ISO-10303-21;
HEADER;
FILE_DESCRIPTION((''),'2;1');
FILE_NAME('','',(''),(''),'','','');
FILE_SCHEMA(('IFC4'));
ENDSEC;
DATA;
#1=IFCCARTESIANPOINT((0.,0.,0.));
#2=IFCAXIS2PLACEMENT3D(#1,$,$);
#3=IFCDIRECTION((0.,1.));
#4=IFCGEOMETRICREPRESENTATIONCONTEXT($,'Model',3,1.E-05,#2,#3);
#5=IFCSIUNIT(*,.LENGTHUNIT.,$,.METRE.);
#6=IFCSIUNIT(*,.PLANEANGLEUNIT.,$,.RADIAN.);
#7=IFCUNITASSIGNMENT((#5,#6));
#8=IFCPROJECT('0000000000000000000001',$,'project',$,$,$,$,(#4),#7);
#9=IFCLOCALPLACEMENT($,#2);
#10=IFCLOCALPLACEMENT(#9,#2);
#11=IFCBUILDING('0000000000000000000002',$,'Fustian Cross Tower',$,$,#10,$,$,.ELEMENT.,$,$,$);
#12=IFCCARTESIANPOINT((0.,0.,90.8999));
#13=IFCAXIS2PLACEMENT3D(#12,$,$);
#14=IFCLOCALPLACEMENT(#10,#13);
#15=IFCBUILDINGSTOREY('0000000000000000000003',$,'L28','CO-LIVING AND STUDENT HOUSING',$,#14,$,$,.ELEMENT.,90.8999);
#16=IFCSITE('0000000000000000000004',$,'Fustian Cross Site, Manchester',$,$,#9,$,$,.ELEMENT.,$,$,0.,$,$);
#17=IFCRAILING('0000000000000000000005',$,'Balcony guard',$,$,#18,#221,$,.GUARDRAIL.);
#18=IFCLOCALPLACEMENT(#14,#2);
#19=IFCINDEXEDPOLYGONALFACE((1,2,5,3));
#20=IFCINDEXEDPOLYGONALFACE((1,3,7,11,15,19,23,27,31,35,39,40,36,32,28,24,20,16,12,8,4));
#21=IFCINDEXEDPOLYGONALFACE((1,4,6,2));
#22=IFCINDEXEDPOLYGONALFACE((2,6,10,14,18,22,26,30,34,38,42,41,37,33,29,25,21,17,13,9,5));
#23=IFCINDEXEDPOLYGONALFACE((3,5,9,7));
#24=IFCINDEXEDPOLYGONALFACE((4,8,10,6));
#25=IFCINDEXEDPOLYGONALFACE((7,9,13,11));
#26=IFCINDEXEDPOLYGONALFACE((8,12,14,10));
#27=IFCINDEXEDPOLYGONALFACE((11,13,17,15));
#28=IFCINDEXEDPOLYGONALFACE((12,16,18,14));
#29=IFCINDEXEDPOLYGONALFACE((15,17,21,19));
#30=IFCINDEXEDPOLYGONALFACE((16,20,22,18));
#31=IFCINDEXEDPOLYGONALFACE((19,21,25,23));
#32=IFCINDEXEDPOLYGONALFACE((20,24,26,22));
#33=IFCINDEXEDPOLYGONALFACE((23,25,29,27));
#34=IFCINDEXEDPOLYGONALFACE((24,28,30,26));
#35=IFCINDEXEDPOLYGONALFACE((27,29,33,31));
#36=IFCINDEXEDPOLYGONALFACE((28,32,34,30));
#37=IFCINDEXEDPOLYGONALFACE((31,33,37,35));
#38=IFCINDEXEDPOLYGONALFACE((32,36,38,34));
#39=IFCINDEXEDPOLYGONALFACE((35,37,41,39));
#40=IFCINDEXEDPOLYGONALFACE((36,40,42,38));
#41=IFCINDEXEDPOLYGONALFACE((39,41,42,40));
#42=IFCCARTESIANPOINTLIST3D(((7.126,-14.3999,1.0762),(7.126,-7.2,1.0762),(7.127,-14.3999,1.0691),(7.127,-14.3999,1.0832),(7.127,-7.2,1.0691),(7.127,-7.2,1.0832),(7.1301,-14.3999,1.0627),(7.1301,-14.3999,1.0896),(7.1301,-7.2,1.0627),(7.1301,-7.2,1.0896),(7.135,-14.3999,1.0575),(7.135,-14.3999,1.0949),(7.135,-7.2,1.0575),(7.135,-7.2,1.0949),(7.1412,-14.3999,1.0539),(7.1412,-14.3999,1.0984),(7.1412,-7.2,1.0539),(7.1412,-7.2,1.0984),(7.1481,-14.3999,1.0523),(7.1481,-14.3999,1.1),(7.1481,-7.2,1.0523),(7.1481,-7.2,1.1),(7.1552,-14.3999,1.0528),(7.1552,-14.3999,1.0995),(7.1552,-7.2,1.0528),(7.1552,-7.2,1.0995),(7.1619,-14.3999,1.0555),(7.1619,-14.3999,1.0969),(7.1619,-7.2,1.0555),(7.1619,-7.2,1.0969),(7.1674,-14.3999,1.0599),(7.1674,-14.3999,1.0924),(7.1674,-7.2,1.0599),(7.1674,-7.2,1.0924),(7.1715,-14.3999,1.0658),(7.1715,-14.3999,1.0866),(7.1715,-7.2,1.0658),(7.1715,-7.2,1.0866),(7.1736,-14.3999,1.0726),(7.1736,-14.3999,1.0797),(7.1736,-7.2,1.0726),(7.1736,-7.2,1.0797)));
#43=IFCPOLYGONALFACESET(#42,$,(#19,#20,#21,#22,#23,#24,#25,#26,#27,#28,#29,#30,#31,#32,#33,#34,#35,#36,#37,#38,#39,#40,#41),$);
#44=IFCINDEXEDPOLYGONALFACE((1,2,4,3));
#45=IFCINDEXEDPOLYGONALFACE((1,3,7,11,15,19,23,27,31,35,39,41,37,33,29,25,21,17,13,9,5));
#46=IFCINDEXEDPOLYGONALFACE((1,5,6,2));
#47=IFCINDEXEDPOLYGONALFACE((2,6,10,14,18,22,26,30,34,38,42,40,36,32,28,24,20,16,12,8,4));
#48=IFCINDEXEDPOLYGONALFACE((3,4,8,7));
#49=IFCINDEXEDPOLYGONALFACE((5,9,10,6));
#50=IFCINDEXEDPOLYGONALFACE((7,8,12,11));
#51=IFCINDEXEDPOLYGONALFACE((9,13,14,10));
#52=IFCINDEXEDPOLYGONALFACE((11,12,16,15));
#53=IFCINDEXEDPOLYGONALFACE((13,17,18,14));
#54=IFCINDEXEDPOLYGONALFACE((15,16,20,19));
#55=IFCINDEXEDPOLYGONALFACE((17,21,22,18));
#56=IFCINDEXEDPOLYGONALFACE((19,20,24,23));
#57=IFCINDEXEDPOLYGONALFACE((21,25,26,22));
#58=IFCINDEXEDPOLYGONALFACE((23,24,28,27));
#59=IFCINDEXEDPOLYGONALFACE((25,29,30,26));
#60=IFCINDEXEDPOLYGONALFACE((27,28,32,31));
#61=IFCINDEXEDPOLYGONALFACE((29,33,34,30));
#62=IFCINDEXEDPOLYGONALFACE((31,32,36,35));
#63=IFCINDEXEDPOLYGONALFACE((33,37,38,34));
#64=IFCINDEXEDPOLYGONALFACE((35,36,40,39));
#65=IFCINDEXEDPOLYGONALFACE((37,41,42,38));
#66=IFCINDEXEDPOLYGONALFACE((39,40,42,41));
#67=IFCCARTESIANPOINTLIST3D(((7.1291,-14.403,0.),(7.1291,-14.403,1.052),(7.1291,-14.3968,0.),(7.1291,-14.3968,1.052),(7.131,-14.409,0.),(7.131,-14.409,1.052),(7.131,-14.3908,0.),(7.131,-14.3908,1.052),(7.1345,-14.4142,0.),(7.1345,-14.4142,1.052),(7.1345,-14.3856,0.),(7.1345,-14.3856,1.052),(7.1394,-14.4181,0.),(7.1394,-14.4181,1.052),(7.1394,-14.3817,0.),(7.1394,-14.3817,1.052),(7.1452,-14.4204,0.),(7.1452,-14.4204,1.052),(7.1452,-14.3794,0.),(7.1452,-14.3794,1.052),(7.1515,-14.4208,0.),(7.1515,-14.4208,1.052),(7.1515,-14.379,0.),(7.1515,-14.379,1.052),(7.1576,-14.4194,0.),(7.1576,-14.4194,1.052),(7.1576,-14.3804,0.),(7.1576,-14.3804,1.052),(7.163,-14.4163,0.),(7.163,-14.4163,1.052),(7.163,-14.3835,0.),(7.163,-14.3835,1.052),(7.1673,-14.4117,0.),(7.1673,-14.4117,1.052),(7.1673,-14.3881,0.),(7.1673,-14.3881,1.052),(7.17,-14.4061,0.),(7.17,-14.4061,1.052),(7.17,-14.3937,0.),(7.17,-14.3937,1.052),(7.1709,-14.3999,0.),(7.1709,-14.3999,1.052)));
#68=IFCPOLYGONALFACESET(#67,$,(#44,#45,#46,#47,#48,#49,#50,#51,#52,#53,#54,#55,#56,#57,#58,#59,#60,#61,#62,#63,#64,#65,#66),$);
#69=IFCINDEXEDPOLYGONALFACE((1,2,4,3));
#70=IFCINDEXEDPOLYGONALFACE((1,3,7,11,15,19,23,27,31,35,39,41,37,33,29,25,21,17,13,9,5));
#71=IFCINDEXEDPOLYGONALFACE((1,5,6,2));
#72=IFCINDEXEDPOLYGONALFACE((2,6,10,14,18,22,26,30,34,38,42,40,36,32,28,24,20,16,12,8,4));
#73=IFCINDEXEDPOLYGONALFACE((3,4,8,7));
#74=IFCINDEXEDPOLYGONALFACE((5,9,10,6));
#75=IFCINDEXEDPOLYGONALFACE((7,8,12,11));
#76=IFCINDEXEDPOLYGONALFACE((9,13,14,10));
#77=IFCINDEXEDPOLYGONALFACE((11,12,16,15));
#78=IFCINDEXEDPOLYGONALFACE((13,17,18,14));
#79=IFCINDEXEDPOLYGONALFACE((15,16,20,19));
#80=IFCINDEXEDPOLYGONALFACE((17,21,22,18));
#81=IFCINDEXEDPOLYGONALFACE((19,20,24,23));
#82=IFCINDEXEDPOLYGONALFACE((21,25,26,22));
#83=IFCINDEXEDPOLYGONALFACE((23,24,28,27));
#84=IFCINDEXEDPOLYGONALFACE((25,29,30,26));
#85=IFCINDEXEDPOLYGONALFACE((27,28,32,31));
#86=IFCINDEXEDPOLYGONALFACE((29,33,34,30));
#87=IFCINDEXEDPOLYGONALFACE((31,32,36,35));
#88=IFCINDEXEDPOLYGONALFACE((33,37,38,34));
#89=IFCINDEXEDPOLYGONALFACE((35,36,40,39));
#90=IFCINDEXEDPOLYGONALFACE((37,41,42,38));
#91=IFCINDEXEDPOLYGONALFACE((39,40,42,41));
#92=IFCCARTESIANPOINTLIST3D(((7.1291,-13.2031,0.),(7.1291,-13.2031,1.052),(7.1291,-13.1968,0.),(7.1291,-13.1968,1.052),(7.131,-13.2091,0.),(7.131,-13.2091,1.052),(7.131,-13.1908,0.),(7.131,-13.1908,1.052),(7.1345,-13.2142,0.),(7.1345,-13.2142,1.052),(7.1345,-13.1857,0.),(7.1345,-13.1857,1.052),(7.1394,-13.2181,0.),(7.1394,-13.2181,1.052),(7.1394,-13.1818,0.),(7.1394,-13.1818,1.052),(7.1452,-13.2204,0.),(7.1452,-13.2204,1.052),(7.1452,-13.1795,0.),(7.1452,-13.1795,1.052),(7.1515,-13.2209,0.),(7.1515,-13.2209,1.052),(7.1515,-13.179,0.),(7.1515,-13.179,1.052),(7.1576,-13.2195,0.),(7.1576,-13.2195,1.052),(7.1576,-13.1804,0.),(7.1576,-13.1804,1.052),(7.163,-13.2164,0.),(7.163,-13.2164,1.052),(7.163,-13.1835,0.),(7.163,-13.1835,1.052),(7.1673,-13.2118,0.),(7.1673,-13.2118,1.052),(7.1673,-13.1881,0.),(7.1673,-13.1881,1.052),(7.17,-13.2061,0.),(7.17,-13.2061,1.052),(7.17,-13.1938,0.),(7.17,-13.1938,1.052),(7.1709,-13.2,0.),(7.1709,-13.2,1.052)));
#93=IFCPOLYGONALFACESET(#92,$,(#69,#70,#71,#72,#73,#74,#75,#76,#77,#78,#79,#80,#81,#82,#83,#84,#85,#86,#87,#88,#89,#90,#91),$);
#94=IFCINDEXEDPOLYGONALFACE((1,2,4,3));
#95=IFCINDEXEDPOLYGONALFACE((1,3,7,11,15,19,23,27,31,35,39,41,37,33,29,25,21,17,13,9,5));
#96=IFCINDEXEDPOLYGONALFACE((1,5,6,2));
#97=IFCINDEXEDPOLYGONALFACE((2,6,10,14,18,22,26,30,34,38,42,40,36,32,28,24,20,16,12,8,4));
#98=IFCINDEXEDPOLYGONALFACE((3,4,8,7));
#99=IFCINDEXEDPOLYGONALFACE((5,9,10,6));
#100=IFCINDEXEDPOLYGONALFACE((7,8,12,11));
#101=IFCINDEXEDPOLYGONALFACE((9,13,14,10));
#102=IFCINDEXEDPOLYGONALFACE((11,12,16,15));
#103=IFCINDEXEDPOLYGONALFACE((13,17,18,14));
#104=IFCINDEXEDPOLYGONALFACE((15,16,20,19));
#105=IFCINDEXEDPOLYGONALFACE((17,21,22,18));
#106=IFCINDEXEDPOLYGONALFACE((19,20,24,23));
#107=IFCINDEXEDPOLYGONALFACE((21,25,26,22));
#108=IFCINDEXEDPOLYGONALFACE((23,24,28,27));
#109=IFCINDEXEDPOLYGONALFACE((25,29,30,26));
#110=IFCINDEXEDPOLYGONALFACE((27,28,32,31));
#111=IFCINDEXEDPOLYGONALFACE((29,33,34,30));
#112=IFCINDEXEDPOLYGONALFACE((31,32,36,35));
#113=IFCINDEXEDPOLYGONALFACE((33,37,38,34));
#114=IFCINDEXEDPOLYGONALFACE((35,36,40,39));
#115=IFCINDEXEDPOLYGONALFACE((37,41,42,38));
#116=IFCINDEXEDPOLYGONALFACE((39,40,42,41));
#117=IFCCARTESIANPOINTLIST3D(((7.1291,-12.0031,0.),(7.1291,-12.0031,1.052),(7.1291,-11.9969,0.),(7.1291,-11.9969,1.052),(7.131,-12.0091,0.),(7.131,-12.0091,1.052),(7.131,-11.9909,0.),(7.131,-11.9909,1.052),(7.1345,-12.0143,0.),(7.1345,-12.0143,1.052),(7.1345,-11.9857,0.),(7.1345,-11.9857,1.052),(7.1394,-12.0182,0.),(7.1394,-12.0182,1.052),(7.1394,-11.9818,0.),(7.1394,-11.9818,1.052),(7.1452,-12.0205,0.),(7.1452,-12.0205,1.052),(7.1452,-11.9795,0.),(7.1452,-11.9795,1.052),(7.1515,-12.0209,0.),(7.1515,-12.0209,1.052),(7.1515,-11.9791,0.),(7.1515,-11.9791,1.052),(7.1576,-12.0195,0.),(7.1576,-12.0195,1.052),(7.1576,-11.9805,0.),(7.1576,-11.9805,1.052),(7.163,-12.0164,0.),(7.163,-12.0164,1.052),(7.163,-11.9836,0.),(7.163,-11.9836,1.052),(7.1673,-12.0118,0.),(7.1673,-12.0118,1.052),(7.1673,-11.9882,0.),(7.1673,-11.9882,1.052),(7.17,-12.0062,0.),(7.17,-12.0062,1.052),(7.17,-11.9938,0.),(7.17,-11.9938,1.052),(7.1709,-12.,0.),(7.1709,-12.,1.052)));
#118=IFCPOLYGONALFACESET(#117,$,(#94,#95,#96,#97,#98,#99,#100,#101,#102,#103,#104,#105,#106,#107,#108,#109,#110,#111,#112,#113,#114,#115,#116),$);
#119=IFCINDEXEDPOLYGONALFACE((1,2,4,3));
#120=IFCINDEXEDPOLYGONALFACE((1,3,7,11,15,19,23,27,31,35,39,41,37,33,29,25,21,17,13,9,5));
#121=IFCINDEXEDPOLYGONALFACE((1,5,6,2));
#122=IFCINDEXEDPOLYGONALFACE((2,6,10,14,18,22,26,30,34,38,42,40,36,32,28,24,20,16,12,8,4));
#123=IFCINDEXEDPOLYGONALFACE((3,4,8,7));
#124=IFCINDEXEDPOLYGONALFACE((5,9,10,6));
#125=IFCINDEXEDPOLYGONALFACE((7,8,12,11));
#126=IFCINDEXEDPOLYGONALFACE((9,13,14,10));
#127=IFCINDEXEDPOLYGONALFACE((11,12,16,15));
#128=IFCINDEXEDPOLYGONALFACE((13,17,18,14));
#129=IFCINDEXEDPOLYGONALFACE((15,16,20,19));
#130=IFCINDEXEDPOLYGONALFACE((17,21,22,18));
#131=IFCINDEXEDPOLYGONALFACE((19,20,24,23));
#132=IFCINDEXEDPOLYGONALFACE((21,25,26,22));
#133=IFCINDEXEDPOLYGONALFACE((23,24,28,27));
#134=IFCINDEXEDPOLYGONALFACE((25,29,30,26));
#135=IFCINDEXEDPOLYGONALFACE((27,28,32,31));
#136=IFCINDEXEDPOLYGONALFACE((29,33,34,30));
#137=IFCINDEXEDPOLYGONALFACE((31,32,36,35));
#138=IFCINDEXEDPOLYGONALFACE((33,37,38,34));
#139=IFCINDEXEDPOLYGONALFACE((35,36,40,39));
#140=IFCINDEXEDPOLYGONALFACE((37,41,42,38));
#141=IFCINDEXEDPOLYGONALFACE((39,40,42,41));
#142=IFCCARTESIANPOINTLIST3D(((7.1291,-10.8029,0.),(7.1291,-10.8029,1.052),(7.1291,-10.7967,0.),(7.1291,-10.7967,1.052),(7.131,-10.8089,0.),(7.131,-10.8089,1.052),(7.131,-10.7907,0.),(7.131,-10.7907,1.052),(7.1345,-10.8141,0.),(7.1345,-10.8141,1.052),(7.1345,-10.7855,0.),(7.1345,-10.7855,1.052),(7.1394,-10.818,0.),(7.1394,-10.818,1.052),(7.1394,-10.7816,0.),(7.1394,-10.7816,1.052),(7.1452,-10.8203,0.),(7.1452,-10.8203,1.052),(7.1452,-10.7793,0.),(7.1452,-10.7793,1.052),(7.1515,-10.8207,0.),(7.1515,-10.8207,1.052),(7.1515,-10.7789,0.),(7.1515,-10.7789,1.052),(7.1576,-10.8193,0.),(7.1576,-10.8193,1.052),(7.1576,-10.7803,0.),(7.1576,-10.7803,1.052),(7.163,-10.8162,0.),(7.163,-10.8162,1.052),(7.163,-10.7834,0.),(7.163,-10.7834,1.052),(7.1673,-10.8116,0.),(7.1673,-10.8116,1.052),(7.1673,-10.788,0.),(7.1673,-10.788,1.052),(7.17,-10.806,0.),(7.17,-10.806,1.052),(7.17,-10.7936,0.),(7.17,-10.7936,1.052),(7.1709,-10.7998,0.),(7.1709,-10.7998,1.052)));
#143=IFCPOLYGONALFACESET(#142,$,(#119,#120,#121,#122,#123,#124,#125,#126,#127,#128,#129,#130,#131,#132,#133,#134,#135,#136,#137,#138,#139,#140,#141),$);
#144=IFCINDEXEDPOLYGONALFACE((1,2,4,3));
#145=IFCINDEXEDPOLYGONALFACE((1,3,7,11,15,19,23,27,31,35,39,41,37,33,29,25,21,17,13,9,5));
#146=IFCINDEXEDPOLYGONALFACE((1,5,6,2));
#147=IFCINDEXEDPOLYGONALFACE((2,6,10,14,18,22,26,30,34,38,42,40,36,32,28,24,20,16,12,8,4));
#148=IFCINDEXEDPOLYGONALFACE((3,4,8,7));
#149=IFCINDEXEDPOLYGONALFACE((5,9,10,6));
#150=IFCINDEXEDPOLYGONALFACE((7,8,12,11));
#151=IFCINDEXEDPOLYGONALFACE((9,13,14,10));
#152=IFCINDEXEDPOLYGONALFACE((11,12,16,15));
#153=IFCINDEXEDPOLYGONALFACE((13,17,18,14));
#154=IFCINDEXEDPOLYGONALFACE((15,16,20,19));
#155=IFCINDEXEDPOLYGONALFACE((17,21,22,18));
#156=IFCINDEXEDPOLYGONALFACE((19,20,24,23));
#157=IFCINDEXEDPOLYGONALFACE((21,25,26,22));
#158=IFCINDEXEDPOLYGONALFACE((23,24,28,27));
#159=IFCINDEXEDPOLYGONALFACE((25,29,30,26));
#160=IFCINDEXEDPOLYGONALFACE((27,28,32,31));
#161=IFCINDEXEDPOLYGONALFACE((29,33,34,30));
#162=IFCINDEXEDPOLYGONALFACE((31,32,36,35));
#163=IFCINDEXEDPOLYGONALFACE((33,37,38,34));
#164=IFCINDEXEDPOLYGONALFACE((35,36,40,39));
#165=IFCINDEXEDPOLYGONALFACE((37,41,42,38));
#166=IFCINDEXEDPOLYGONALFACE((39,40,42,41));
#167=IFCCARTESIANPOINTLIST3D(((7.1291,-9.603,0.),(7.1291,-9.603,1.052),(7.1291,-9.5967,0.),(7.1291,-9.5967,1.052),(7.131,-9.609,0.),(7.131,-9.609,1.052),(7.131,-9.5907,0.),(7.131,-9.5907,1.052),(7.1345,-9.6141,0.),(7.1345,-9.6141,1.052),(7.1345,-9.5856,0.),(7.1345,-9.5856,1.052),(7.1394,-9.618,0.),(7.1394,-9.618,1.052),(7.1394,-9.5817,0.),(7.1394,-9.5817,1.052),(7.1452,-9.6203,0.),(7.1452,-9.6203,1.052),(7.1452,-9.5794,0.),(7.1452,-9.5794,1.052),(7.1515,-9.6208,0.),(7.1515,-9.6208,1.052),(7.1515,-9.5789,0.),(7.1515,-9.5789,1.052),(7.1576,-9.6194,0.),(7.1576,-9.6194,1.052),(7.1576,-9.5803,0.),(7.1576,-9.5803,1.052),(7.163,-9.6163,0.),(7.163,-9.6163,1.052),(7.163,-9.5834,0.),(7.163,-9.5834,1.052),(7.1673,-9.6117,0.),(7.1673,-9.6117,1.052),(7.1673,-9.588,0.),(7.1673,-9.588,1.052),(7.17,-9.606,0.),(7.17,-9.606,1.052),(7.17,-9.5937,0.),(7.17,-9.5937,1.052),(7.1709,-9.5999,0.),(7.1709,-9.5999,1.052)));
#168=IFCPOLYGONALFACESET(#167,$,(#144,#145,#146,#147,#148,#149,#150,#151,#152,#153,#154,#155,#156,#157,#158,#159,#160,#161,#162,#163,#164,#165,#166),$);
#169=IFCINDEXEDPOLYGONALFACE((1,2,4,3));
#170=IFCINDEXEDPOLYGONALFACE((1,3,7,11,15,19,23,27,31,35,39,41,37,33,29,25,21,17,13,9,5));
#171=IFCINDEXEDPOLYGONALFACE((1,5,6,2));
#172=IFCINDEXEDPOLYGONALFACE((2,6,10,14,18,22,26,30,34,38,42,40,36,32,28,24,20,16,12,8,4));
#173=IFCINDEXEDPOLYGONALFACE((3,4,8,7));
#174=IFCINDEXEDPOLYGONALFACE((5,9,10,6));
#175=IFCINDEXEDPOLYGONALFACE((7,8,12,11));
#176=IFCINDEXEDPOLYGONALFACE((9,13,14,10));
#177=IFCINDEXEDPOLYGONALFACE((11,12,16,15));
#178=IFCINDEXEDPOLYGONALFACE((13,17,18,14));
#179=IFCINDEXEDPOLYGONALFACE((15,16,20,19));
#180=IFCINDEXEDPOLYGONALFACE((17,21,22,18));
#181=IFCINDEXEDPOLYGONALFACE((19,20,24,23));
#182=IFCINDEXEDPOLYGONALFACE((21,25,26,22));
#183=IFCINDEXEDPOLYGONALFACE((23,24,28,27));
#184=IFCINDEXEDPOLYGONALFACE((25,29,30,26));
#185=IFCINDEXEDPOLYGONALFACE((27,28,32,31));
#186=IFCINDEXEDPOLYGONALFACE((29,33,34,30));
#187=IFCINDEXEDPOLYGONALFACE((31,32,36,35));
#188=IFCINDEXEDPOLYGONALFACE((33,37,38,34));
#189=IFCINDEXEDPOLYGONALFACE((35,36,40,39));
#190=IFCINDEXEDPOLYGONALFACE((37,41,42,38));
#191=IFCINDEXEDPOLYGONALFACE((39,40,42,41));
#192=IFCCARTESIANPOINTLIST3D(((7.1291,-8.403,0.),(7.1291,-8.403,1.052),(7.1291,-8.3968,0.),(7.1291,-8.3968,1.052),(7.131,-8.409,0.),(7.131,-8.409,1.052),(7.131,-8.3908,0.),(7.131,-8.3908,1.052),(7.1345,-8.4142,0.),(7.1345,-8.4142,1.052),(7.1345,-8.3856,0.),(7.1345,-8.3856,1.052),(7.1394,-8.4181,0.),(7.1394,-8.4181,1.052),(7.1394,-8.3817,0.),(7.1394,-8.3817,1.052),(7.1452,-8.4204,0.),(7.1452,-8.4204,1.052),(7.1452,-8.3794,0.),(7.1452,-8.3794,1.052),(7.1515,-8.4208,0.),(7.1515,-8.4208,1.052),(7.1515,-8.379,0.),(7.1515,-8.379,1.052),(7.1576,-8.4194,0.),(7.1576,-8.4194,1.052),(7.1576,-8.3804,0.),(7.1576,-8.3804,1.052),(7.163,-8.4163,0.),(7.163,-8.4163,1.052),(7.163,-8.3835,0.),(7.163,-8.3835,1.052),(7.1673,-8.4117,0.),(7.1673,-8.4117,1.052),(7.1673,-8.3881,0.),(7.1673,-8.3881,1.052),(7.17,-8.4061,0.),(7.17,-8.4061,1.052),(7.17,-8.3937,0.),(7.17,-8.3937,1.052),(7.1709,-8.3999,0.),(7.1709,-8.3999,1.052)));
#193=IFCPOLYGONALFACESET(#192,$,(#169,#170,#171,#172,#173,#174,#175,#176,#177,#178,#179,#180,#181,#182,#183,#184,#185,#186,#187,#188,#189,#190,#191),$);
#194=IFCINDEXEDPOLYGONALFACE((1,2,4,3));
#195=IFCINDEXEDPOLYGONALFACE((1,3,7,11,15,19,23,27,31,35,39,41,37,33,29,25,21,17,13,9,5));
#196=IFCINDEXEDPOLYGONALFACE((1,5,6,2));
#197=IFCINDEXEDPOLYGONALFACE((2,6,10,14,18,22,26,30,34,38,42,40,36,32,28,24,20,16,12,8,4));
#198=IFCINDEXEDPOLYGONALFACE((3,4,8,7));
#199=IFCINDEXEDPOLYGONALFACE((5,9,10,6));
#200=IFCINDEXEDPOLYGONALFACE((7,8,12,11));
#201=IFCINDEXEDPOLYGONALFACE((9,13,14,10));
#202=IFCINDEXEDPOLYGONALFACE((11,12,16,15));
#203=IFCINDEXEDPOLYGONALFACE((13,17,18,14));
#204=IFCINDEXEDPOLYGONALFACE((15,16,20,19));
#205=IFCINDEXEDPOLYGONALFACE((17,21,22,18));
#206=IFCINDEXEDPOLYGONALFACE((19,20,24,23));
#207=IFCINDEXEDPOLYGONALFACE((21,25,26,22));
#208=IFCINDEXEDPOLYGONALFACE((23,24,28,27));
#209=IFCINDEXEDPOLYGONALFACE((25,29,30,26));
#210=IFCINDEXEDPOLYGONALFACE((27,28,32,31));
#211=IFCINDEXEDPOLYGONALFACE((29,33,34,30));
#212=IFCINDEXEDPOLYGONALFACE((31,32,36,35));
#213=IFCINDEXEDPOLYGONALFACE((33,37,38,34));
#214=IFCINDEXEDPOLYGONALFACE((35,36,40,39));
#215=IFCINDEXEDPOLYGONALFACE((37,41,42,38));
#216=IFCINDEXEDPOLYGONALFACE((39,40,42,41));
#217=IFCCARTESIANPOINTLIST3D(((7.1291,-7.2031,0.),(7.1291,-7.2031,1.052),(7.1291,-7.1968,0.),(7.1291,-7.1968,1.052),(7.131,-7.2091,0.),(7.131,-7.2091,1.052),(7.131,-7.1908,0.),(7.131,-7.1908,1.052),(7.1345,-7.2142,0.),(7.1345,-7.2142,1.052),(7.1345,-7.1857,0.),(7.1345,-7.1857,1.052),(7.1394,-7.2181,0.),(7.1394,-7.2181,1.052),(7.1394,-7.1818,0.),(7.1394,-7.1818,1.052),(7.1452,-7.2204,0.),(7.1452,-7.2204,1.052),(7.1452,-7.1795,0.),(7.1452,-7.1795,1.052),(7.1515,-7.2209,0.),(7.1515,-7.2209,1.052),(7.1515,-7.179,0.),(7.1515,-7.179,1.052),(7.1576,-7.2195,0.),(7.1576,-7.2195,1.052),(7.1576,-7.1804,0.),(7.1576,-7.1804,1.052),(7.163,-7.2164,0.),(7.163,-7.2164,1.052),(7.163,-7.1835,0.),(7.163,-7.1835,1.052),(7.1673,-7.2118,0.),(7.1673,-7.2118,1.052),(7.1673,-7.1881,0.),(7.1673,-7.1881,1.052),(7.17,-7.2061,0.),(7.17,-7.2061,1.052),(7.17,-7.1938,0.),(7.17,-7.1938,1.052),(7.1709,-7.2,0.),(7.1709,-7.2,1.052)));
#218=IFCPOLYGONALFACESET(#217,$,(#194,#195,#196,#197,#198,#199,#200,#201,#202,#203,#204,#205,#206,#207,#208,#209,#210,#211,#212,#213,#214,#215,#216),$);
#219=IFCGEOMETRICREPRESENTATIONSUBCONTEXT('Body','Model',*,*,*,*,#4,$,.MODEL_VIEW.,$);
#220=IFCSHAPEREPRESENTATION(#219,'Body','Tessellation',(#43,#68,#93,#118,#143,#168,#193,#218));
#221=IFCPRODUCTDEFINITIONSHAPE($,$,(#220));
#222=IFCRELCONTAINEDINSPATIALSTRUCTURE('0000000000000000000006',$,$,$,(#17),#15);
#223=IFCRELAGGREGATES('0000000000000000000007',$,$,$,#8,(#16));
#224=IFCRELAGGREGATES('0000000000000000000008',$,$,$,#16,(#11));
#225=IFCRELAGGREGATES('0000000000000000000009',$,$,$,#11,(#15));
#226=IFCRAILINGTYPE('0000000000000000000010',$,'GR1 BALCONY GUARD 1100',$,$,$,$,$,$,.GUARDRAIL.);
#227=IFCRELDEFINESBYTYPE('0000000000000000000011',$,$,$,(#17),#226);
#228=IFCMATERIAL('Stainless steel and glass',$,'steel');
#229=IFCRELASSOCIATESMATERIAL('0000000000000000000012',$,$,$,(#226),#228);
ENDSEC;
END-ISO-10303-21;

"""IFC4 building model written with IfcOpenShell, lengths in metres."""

from ifc_helpers import new_model, si_unit, direction, frame, origin, origin_2d, place, context, subcontext, project, spatial, circle, extrude, material, type_object, element, save


model = new_model("IFC4")

# Units and contexts
model_context = context("Model", 3, precision=1e-05, world=origin(), true_north=direction((0.0, 1.0)))
body_context = subcontext(model_context, "Body", "Model", "MODEL_VIEW")
ifc_project = project(units=[si_unit("LENGTHUNIT", "METRE"), si_unit("PLANEANGLEUNIT", "RADIAN")], contexts=[model_context])

# Site, building, storey
site_placement = place(None, origin())
site = spatial("IfcSite", under=ifc_project, at=site_placement, Name="Fustian Cross Site, Manchester", CompositionType="ELEMENT", RefElevation=0.0)
building_placement = place(site_placement, origin())
building = spatial("IfcBuilding", under=site, at=building_placement, Name="Fustian Cross Tower", CompositionType="ELEMENT")
storey_placement = place(building_placement, frame((0.0, 0.0, 90.8999)))
storey = spatial("IfcBuildingStorey", under=building, at=storey_placement, Name="L28", Description="CO-LIVING AND STUDENT HOUSING", CompositionType="ELEMENT", Elevation=90.8999)

# Railing
ifc_material_1 = material(Name="Stainless steel and glass", Category="steel")
railing_type = type_object("IfcRailingType", Name="GR1 BALCONY GUARD 1100", PredefinedType="GUARDRAIL", material=ifc_material_1)
railing_placement = place(storey_placement, frame((7.1499, -14.3999, 0.0)))
element("IfcRailing", 1, at=railing_placement, inside=storey, type_object=railing_type, Name="Balcony guard", PredefinedType="GUARDRAIL", context=body_context, shape_type="SweptSolid", body=[
    extrude(circle(Radius=0.0239, at=origin_2d()), frame((0.0, 0.0, 1.0762), z_axis=(0.0, 1.0, 0.0), x_axis=(-1.0, 0.0, 0.0)), (0.0, 0.0, 1.0), 7.2),
    extrude(circle(Radius=0.021, at=origin_2d()), origin(), (0.0, 0.0, 1.0), 1.052),
    extrude(circle(Radius=0.021, at=origin_2d()), frame((0.0, 1.2, 0.0)), (0.0, 0.0, 1.0), 1.052),
    extrude(circle(Radius=0.021, at=origin_2d()), frame((0.0, 2.3999, 0.0)), (0.0, 0.0, 1.0), 1.052),
    extrude(circle(Radius=0.021, at=origin_2d()), frame((0.0, 3.6001, 0.0)), (0.0, 0.0, 1.0), 1.052),
    extrude(circle(Radius=0.021, at=origin_2d()), frame((0.0, 4.8, 0.0)), (0.0, 0.0, 1.0), 1.052),
    extrude(circle(Radius=0.021, at=origin_2d()), frame((0.0, 6.0, 0.0)), (0.0, 0.0, 1.0), 1.052),
    extrude(circle(Radius=0.021, at=origin_2d()), frame((0.0, 7.2, 0.0)), (0.0, 0.0, 1.0), 1.052),
])

save(model, "model.ifc")
